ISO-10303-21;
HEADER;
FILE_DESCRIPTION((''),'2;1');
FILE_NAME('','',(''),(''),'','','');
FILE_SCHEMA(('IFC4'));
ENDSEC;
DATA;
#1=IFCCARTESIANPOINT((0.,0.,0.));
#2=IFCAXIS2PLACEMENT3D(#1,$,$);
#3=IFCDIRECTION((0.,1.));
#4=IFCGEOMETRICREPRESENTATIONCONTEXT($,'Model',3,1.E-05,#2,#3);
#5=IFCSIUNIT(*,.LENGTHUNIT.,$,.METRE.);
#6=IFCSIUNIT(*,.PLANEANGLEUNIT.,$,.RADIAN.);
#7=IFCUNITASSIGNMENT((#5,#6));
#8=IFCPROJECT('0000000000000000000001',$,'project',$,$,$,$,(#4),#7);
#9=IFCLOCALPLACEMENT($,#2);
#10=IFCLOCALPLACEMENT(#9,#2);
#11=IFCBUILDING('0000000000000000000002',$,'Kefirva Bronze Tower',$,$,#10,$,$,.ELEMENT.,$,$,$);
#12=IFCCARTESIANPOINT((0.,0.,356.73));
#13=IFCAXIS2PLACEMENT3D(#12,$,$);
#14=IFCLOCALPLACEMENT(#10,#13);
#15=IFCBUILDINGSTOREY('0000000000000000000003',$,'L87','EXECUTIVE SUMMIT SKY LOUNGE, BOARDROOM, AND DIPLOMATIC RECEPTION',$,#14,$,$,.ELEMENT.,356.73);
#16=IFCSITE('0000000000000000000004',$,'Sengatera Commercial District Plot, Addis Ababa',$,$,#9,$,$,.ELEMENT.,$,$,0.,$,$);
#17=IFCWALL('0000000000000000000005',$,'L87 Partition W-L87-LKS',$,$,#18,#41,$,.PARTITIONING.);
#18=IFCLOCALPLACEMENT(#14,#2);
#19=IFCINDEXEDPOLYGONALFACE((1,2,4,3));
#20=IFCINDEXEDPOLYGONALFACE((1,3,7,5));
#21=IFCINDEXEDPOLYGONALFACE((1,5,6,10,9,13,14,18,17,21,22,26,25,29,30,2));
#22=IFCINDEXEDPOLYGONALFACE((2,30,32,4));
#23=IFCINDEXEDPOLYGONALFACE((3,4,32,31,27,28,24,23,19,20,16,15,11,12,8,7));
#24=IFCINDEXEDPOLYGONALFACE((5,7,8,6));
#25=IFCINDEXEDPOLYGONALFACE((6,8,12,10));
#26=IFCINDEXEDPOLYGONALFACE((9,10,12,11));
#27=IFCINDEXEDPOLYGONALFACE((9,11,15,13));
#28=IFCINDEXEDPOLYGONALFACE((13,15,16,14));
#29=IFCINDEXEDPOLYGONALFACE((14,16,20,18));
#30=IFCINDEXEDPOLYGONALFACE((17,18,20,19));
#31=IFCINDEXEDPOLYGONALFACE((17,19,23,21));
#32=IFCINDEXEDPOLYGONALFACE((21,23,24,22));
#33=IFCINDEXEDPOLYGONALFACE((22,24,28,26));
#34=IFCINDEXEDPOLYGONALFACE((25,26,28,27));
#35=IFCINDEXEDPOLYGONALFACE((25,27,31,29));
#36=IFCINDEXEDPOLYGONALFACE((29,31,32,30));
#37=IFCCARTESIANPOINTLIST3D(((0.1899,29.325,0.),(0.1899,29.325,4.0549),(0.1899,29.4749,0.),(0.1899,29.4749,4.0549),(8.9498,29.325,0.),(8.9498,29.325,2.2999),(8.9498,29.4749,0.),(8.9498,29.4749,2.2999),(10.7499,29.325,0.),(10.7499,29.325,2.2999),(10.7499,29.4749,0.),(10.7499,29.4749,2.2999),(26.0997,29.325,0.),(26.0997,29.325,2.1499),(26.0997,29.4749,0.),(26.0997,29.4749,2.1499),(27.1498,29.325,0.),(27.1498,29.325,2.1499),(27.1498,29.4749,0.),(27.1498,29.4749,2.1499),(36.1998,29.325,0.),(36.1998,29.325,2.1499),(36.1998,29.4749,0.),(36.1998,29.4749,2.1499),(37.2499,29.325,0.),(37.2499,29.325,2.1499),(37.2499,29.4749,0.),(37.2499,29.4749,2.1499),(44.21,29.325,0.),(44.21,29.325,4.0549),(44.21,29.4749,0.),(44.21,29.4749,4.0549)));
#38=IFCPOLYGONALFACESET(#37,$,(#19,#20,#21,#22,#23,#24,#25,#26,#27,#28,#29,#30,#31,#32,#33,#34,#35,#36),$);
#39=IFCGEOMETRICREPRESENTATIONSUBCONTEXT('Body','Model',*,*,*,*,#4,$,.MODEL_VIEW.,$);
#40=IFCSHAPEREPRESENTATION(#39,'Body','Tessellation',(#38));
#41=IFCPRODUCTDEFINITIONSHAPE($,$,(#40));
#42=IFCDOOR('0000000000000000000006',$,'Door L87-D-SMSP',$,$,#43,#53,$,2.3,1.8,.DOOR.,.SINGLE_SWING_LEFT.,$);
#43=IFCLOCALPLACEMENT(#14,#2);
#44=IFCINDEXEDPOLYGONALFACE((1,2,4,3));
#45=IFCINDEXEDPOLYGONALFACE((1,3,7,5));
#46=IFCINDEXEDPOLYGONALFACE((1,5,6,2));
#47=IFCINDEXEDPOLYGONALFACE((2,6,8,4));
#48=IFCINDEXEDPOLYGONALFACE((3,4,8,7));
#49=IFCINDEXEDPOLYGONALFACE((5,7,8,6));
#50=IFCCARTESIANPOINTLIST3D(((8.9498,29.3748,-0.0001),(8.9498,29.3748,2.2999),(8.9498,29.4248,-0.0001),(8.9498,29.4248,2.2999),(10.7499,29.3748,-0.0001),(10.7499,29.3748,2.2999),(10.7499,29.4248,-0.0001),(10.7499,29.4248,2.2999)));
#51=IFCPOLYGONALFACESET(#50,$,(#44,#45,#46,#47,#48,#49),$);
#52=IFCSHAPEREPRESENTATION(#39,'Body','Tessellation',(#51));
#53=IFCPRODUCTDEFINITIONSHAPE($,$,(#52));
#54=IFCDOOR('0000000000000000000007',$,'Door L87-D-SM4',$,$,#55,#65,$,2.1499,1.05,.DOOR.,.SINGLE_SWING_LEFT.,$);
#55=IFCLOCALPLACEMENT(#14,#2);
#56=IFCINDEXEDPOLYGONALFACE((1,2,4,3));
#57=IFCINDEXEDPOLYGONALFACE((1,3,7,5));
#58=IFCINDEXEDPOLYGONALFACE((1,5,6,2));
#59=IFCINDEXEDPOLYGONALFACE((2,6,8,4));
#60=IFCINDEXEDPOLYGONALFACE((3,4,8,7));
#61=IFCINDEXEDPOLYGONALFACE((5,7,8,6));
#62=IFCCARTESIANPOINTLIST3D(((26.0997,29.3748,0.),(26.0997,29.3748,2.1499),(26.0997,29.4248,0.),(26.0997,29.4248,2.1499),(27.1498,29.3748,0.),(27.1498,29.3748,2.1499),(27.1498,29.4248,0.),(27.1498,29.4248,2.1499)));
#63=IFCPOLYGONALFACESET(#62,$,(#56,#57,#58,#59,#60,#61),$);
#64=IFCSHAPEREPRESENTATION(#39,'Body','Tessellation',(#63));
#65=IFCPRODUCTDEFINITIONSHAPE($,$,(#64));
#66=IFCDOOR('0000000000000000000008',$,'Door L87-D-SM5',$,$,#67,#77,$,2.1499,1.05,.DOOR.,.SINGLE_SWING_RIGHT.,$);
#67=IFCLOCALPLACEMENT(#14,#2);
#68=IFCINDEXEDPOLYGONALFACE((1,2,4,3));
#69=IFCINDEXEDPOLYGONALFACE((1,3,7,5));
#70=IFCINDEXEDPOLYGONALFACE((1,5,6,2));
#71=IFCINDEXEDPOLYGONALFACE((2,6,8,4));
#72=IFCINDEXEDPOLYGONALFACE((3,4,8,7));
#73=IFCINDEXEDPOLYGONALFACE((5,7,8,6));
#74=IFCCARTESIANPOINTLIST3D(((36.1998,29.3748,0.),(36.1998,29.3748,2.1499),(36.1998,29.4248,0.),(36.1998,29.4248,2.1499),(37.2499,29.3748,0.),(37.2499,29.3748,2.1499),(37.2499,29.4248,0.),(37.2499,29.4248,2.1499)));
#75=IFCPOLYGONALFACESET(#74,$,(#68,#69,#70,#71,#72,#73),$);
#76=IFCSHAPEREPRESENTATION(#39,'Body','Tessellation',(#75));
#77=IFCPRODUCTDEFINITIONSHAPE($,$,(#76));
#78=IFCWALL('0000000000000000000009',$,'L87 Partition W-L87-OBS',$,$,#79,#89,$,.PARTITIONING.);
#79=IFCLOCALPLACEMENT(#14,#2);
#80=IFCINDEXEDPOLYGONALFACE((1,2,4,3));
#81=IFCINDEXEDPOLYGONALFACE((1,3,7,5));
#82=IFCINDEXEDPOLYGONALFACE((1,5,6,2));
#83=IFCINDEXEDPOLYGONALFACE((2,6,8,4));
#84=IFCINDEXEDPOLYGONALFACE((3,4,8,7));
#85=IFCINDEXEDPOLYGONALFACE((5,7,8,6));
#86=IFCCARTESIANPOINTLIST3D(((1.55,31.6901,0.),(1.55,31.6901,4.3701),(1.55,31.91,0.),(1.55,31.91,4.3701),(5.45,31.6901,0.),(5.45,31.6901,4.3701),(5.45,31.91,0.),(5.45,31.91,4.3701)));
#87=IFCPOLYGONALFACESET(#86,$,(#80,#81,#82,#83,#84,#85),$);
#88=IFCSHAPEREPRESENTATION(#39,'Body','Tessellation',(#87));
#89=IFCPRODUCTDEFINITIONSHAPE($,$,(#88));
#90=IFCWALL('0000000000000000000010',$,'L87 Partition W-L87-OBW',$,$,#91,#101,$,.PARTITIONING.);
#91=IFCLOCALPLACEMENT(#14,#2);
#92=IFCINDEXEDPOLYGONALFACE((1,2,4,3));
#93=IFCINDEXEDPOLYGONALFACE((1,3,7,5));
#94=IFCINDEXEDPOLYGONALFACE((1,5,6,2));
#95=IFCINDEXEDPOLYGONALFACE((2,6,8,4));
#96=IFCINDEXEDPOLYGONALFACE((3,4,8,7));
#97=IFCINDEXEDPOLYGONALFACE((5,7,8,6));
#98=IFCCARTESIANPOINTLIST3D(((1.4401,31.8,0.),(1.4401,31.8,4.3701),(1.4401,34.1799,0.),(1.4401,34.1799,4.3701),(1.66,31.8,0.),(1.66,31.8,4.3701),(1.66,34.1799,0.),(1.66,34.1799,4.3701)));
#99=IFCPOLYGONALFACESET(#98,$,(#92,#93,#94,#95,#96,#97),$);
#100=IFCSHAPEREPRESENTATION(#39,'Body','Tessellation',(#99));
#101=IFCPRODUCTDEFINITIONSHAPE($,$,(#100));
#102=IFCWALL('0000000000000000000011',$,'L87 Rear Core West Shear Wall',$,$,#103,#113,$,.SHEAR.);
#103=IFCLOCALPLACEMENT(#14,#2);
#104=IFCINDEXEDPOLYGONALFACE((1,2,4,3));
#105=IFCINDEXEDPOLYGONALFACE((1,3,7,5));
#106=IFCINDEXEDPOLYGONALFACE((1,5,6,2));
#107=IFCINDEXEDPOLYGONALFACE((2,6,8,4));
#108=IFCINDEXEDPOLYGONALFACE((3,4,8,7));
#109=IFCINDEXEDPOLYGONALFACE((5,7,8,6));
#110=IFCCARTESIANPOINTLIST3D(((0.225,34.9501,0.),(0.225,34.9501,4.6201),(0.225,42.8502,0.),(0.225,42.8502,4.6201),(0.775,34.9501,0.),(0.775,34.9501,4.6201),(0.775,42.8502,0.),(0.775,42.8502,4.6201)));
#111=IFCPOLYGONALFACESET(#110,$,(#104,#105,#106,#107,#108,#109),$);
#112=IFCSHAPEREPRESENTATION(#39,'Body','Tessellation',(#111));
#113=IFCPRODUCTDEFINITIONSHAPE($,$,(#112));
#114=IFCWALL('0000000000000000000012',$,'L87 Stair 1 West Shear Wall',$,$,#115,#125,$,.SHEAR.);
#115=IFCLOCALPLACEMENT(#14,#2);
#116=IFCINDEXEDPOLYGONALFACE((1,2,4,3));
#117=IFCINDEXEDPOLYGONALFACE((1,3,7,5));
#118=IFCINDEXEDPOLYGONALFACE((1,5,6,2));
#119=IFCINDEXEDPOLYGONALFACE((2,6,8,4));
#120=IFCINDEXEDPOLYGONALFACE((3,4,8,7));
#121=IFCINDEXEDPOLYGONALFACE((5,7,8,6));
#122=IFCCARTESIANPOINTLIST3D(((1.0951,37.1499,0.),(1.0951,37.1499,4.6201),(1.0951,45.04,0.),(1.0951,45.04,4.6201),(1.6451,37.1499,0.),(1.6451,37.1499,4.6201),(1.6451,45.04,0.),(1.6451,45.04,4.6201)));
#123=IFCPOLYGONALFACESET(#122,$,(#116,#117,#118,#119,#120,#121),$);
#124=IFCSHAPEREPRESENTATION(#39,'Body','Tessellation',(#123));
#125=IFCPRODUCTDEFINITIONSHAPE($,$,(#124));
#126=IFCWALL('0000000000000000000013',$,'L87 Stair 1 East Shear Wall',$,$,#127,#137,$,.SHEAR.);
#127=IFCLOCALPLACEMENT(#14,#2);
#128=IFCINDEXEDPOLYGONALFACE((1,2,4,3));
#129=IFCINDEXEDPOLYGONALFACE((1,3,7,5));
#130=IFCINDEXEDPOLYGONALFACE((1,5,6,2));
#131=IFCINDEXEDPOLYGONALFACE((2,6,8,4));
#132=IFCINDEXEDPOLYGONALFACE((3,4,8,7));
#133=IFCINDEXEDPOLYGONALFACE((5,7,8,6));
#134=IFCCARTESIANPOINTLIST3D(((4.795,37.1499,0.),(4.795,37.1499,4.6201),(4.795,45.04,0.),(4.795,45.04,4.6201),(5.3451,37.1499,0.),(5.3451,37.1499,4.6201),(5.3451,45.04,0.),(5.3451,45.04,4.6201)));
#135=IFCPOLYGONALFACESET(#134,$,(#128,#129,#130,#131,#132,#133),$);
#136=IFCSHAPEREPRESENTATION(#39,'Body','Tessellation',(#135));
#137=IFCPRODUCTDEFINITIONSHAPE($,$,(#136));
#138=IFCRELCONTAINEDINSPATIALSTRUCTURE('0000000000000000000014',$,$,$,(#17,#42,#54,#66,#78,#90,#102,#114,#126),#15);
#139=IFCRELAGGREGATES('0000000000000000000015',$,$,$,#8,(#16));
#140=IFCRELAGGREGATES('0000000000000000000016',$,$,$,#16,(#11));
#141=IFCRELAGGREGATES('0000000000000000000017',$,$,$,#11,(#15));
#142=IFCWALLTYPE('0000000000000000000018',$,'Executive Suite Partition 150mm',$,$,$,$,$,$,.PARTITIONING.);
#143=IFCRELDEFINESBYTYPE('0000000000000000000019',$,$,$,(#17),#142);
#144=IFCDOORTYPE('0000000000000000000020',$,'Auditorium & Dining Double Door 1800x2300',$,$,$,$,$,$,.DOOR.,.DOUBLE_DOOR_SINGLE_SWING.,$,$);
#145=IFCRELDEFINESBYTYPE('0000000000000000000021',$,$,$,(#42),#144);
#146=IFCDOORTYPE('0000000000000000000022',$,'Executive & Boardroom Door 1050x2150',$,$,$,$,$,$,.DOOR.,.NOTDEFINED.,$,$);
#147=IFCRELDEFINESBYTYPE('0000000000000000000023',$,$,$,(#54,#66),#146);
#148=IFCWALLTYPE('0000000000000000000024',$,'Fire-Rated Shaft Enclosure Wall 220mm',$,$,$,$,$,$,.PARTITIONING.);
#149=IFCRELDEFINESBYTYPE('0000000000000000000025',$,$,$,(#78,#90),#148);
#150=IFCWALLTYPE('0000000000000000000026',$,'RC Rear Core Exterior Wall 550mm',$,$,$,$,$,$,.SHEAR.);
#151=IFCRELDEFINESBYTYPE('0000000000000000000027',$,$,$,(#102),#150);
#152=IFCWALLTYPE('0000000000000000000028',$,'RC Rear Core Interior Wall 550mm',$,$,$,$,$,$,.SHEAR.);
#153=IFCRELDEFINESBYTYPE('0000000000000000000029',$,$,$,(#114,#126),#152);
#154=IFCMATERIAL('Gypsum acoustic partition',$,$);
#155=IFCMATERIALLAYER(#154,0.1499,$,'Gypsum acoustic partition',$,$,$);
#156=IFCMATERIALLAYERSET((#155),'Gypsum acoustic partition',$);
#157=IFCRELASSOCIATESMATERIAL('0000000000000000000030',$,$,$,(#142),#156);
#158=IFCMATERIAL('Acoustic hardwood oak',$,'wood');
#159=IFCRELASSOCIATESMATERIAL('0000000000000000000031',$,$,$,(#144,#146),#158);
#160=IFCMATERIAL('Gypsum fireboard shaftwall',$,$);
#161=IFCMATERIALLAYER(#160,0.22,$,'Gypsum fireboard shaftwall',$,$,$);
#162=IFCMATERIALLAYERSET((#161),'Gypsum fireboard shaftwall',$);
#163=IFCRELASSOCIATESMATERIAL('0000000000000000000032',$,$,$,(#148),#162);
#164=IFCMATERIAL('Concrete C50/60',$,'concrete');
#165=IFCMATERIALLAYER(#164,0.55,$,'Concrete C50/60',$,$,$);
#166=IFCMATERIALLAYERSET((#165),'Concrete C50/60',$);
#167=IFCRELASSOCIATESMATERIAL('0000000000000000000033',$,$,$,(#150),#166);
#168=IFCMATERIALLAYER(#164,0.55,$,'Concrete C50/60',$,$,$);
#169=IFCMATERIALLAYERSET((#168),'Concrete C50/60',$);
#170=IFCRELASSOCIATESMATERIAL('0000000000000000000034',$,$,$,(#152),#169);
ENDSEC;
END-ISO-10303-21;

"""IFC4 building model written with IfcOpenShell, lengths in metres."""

from ifc_helpers import new_model, si_unit, direction, frame, frame_2d, origin, place, context, subcontext, project, spatial, rectangle, extrude, material, layer, layer_set, type_object, element, fill, save


model = new_model("IFC4")

# Units and contexts
model_context = context("Model", 3, precision=1e-05, world=origin(), true_north=direction((0.0, 1.0)))
body_context = subcontext(model_context, "Body", "Model", "MODEL_VIEW")
ifc_project = project(units=[si_unit("LENGTHUNIT", "METRE"), si_unit("PLANEANGLEUNIT", "RADIAN")], contexts=[model_context])

# Site, building, storey
site_placement = place(None, origin())
site = spatial("IfcSite", under=ifc_project, at=site_placement, Name="Sengatera Commercial District Plot, Addis Ababa", CompositionType="ELEMENT", RefElevation=0.0)
building_placement = place(site_placement, origin())
building = spatial("IfcBuilding", under=site, at=building_placement, Name="Kefirva Bronze Tower", CompositionType="ELEMENT")
storey_placement = place(building_placement, frame((0.0, 0.0, 356.73)))
storey = spatial("IfcBuildingStorey", under=building, at=storey_placement, Name="L87", Description="EXECUTIVE SUMMIT SKY LOUNGE, BOARDROOM, AND DIPLOMATIC RECEPTION", CompositionType="ELEMENT", Elevation=356.73)

# Shared definitions
ifc_material_1 = material(Name="Concrete C50/60", Category="concrete")

# Wall, openings, doors
ifc_material_2 = material(Name="Gypsum acoustic partition")
ifc_layer_1 = layer(ifc_material_2, 0.1499, Name="Gypsum acoustic partition")
ifc_layer_set_1 = layer_set([ifc_layer_1], Name="Gypsum acoustic partition")
wall_type_1 = type_object("IfcWallType", Name="Executive Suite Partition 150mm", PredefinedType="PARTITIONING", material=ifc_layer_set_1)
wall_1_placement = place(storey_placement, frame((0.1899, 29.3999, 0.0), z_axis=(0.0, 0.0, 1.0), x_axis=(1.0, 0.0, 0.0)))
wall_1 = element("IfcWall", 1, at=wall_1_placement, inside=storey, type_object=wall_type_1, Name="L87 Partition W-L87-LKS", PredefinedType="PARTITIONING", context=body_context, shape_type="SweptSolid", body=[
    extrude(rectangle(XDim=44.02, YDim=0.1499, at=frame_2d((22.01, 0.0))), origin(), (0.0, 0.0, 1.0), 4.0549),
])
opening_1_placement = place(wall_1_placement, frame((8.76, 0.0, 0.0)))
opening_1 = element("IfcOpeningElement", 2, at=opening_1_placement, cuts=wall_1, PredefinedType="OPENING", context=body_context, shape_type="SweptSolid", body=[
    extrude(rectangle(XDim=1.8, YDim=2.3, at=frame_2d((0.8999, 1.1499))), frame((0.0, 0.085, 0.0), z_axis=(0.0, -1.0, 0.0), x_axis=(1.0, 0.0, 0.0)), (0.0, 0.0, 1.0), 0.1699),
])
opening_2_placement = place(wall_1_placement, frame((25.9099, 0.0, 0.0)))
opening_2 = element("IfcOpeningElement", 3, at=opening_2_placement, cuts=wall_1, PredefinedType="OPENING", context=body_context, shape_type="SweptSolid", body=[
    extrude(rectangle(XDim=1.05, YDim=2.1499, at=frame_2d((0.5249, 1.075))), frame((0.0, 0.085, 0.0), z_axis=(0.0, -1.0, 0.0), x_axis=(1.0, 0.0, 0.0)), (0.0, 0.0, 1.0), 0.1699),
])
opening_3_placement = place(wall_1_placement, frame((36.01, 0.0, 0.0)))
opening_3 = element("IfcOpeningElement", 4, at=opening_3_placement, cuts=wall_1, PredefinedType="OPENING", context=body_context, shape_type="SweptSolid", body=[
    extrude(rectangle(XDim=1.05, YDim=2.1499, at=frame_2d((0.5249, 1.075))), frame((0.0, 0.085, 0.0), z_axis=(0.0, -1.0, 0.0), x_axis=(1.0, 0.0, 0.0)), (0.0, 0.0, 1.0), 0.1699),
])
ifc_material_3 = material(Name="Acoustic hardwood oak", Category="wood")
door_type_1 = type_object("IfcDoorType", Name="Auditorium & Dining Double Door 1800x2300", OperationType="DOUBLE_DOOR_SINGLE_SWING", PredefinedType="DOOR", material=ifc_material_3)
door_1_placement = place(opening_1_placement, origin())
door_1 = element("IfcDoor", 5, at=door_1_placement, inside=storey, type_object=door_type_1, Name="Door L87-D-SMSP", OperationType="SINGLE_SWING_LEFT", OverallHeight=2.3, OverallWidth=1.8, PredefinedType="DOOR", context=body_context, shape_type="SweptSolid", body=[
    extrude(rectangle(XDim=1.8, YDim=2.3, at=frame_2d((0.8999, 1.1499))), frame((0.0, 0.0249, 0.0), z_axis=(0.0, -1.0, 0.0), x_axis=(1.0, 0.0, 0.0)), (0.0, 0.0, 1.0), 0.05),
])
fill(opening_1, door_1)
door_type_2 = type_object("IfcDoorType", Name="Executive & Boardroom Door 1050x2150", OperationType="NOTDEFINED", PredefinedType="DOOR", material=ifc_material_3)
door_2_placement = place(opening_2_placement, origin())
door_2 = element("IfcDoor", 6, at=door_2_placement, inside=storey, type_object=door_type_2, Name="Door L87-D-SM4", OperationType="SINGLE_SWING_LEFT", OverallHeight=2.1499, OverallWidth=1.05, PredefinedType="DOOR", context=body_context, shape_type="SweptSolid", body=[
    extrude(rectangle(XDim=1.05, YDim=2.1499, at=frame_2d((0.5249, 1.075))), frame((0.0, 0.0249, 0.0), z_axis=(0.0, -1.0, 0.0), x_axis=(1.0, 0.0, 0.0)), (0.0, 0.0, 1.0), 0.05),
])
fill(opening_2, door_2)
door_3_placement = place(opening_3_placement, origin())
door_3 = element("IfcDoor", 7, at=door_3_placement, inside=storey, type_object=door_type_2, Name="Door L87-D-SM5", OperationType="SINGLE_SWING_RIGHT", OverallHeight=2.1499, OverallWidth=1.05, PredefinedType="DOOR", context=body_context, shape_type="SweptSolid", body=[
    extrude(rectangle(XDim=1.05, YDim=2.1499, at=frame_2d((0.5249, 1.075))), frame((0.0, 0.0249, 0.0), z_axis=(0.0, -1.0, 0.0), x_axis=(1.0, 0.0, 0.0)), (0.0, 0.0, 1.0), 0.05),
])
fill(opening_3, door_3)

# Shared definitions
ifc_material_4 = material(Name="Gypsum fireboard shaftwall")
ifc_layer_2 = layer(ifc_material_4, 0.22, Name="Gypsum fireboard shaftwall")
ifc_layer_set_2 = layer_set([ifc_layer_2], Name="Gypsum fireboard shaftwall")
wall_type_2 = type_object("IfcWallType", Name="Fire-Rated Shaft Enclosure Wall 220mm", PredefinedType="PARTITIONING", material=ifc_layer_set_2)

# Walls
wall_2_placement = place(storey_placement, frame((1.55, 31.8, 0.0), z_axis=(0.0, 0.0, 1.0), x_axis=(1.0, 0.0, 0.0)))
element("IfcWall", 8, at=wall_2_placement, inside=storey, type_object=wall_type_2, Name="L87 Partition W-L87-OBS", PredefinedType="PARTITIONING", context=body_context, shape_type="SweptSolid", body=[
    extrude(rectangle(XDim=3.8999, YDim=0.22, at=frame_2d((1.95, 0.0))), origin(), (0.0, 0.0, 1.0), 4.3701),
])
wall_3_placement = place(storey_placement, frame((1.55, 31.8, 0.0), z_axis=(0.0, 0.0, 1.0), x_axis=(0.0, 1.0, 0.0)))
element("IfcWall", 9, at=wall_3_placement, inside=storey, type_object=wall_type_2, Name="L87 Partition W-L87-OBW", PredefinedType="PARTITIONING", context=body_context, shape_type="SweptSolid", body=[
    extrude(rectangle(XDim=2.3799, YDim=0.22, at=frame_2d((1.1899, 0.0))), origin(), (0.0, 0.0, 1.0), 4.3701),
])
ifc_layer_3 = layer(ifc_material_1, 0.55, Name="Concrete C50/60")
ifc_layer_set_3 = layer_set([ifc_layer_3], Name="Concrete C50/60")
wall_type_3 = type_object("IfcWallType", Name="RC Rear Core Exterior Wall 550mm", PredefinedType="SHEAR", material=ifc_layer_set_3)
wall_4_placement = place(storey_placement, frame((0.5, 34.95, 0.0), z_axis=(0.0, 0.0, 1.0), x_axis=(0.0, 1.0, 0.0)))
element("IfcWall", 10, at=wall_4_placement, inside=storey, type_object=wall_type_3, Name="L87 Rear Core West Shear Wall", PredefinedType="SHEAR", context=body_context, shape_type="SweptSolid", body=[
    extrude(rectangle(XDim=7.9001, YDim=0.55, at=frame_2d((3.9502, 0.0))), origin(), (0.0, 0.0, 1.0), 4.6201),
])

# Shared definitions
ifc_layer_4 = layer(ifc_material_1, 0.55, Name="Concrete C50/60")
ifc_layer_set_4 = layer_set([ifc_layer_4], Name="Concrete C50/60")
wall_type_4 = type_object("IfcWallType", Name="RC Rear Core Interior Wall 550mm", PredefinedType="SHEAR", material=ifc_layer_set_4)

# Walls
for number, where, z_axis, x_axis, name in (
    (11, (1.3701, 37.1499, 0.0), (0.0, 0.0, 1.0), (0.0, 1.0, 0.0), "L87 Stair 1 West Shear Wall"),
    (12, (5.0701, 37.1499, 0.0), (0.0, 0.0, 1.0), (0.0, 1.0, 0.0), "L87 Stair 1 East Shear Wall"),
):
    element("IfcWall", number, at=place(storey_placement, frame(where, z_axis=z_axis, x_axis=x_axis)), inside=storey, type_object=wall_type_4, Name=name, PredefinedType="SHEAR", context=body_context, shape_type="SweptSolid", body=[
        extrude(rectangle(XDim=7.8901, YDim=0.55, at=frame_2d((3.9451, 0.0))), origin(), (0.0, 0.0, 1.0), 4.6201),
    ])

save(model, "model.ifc")
